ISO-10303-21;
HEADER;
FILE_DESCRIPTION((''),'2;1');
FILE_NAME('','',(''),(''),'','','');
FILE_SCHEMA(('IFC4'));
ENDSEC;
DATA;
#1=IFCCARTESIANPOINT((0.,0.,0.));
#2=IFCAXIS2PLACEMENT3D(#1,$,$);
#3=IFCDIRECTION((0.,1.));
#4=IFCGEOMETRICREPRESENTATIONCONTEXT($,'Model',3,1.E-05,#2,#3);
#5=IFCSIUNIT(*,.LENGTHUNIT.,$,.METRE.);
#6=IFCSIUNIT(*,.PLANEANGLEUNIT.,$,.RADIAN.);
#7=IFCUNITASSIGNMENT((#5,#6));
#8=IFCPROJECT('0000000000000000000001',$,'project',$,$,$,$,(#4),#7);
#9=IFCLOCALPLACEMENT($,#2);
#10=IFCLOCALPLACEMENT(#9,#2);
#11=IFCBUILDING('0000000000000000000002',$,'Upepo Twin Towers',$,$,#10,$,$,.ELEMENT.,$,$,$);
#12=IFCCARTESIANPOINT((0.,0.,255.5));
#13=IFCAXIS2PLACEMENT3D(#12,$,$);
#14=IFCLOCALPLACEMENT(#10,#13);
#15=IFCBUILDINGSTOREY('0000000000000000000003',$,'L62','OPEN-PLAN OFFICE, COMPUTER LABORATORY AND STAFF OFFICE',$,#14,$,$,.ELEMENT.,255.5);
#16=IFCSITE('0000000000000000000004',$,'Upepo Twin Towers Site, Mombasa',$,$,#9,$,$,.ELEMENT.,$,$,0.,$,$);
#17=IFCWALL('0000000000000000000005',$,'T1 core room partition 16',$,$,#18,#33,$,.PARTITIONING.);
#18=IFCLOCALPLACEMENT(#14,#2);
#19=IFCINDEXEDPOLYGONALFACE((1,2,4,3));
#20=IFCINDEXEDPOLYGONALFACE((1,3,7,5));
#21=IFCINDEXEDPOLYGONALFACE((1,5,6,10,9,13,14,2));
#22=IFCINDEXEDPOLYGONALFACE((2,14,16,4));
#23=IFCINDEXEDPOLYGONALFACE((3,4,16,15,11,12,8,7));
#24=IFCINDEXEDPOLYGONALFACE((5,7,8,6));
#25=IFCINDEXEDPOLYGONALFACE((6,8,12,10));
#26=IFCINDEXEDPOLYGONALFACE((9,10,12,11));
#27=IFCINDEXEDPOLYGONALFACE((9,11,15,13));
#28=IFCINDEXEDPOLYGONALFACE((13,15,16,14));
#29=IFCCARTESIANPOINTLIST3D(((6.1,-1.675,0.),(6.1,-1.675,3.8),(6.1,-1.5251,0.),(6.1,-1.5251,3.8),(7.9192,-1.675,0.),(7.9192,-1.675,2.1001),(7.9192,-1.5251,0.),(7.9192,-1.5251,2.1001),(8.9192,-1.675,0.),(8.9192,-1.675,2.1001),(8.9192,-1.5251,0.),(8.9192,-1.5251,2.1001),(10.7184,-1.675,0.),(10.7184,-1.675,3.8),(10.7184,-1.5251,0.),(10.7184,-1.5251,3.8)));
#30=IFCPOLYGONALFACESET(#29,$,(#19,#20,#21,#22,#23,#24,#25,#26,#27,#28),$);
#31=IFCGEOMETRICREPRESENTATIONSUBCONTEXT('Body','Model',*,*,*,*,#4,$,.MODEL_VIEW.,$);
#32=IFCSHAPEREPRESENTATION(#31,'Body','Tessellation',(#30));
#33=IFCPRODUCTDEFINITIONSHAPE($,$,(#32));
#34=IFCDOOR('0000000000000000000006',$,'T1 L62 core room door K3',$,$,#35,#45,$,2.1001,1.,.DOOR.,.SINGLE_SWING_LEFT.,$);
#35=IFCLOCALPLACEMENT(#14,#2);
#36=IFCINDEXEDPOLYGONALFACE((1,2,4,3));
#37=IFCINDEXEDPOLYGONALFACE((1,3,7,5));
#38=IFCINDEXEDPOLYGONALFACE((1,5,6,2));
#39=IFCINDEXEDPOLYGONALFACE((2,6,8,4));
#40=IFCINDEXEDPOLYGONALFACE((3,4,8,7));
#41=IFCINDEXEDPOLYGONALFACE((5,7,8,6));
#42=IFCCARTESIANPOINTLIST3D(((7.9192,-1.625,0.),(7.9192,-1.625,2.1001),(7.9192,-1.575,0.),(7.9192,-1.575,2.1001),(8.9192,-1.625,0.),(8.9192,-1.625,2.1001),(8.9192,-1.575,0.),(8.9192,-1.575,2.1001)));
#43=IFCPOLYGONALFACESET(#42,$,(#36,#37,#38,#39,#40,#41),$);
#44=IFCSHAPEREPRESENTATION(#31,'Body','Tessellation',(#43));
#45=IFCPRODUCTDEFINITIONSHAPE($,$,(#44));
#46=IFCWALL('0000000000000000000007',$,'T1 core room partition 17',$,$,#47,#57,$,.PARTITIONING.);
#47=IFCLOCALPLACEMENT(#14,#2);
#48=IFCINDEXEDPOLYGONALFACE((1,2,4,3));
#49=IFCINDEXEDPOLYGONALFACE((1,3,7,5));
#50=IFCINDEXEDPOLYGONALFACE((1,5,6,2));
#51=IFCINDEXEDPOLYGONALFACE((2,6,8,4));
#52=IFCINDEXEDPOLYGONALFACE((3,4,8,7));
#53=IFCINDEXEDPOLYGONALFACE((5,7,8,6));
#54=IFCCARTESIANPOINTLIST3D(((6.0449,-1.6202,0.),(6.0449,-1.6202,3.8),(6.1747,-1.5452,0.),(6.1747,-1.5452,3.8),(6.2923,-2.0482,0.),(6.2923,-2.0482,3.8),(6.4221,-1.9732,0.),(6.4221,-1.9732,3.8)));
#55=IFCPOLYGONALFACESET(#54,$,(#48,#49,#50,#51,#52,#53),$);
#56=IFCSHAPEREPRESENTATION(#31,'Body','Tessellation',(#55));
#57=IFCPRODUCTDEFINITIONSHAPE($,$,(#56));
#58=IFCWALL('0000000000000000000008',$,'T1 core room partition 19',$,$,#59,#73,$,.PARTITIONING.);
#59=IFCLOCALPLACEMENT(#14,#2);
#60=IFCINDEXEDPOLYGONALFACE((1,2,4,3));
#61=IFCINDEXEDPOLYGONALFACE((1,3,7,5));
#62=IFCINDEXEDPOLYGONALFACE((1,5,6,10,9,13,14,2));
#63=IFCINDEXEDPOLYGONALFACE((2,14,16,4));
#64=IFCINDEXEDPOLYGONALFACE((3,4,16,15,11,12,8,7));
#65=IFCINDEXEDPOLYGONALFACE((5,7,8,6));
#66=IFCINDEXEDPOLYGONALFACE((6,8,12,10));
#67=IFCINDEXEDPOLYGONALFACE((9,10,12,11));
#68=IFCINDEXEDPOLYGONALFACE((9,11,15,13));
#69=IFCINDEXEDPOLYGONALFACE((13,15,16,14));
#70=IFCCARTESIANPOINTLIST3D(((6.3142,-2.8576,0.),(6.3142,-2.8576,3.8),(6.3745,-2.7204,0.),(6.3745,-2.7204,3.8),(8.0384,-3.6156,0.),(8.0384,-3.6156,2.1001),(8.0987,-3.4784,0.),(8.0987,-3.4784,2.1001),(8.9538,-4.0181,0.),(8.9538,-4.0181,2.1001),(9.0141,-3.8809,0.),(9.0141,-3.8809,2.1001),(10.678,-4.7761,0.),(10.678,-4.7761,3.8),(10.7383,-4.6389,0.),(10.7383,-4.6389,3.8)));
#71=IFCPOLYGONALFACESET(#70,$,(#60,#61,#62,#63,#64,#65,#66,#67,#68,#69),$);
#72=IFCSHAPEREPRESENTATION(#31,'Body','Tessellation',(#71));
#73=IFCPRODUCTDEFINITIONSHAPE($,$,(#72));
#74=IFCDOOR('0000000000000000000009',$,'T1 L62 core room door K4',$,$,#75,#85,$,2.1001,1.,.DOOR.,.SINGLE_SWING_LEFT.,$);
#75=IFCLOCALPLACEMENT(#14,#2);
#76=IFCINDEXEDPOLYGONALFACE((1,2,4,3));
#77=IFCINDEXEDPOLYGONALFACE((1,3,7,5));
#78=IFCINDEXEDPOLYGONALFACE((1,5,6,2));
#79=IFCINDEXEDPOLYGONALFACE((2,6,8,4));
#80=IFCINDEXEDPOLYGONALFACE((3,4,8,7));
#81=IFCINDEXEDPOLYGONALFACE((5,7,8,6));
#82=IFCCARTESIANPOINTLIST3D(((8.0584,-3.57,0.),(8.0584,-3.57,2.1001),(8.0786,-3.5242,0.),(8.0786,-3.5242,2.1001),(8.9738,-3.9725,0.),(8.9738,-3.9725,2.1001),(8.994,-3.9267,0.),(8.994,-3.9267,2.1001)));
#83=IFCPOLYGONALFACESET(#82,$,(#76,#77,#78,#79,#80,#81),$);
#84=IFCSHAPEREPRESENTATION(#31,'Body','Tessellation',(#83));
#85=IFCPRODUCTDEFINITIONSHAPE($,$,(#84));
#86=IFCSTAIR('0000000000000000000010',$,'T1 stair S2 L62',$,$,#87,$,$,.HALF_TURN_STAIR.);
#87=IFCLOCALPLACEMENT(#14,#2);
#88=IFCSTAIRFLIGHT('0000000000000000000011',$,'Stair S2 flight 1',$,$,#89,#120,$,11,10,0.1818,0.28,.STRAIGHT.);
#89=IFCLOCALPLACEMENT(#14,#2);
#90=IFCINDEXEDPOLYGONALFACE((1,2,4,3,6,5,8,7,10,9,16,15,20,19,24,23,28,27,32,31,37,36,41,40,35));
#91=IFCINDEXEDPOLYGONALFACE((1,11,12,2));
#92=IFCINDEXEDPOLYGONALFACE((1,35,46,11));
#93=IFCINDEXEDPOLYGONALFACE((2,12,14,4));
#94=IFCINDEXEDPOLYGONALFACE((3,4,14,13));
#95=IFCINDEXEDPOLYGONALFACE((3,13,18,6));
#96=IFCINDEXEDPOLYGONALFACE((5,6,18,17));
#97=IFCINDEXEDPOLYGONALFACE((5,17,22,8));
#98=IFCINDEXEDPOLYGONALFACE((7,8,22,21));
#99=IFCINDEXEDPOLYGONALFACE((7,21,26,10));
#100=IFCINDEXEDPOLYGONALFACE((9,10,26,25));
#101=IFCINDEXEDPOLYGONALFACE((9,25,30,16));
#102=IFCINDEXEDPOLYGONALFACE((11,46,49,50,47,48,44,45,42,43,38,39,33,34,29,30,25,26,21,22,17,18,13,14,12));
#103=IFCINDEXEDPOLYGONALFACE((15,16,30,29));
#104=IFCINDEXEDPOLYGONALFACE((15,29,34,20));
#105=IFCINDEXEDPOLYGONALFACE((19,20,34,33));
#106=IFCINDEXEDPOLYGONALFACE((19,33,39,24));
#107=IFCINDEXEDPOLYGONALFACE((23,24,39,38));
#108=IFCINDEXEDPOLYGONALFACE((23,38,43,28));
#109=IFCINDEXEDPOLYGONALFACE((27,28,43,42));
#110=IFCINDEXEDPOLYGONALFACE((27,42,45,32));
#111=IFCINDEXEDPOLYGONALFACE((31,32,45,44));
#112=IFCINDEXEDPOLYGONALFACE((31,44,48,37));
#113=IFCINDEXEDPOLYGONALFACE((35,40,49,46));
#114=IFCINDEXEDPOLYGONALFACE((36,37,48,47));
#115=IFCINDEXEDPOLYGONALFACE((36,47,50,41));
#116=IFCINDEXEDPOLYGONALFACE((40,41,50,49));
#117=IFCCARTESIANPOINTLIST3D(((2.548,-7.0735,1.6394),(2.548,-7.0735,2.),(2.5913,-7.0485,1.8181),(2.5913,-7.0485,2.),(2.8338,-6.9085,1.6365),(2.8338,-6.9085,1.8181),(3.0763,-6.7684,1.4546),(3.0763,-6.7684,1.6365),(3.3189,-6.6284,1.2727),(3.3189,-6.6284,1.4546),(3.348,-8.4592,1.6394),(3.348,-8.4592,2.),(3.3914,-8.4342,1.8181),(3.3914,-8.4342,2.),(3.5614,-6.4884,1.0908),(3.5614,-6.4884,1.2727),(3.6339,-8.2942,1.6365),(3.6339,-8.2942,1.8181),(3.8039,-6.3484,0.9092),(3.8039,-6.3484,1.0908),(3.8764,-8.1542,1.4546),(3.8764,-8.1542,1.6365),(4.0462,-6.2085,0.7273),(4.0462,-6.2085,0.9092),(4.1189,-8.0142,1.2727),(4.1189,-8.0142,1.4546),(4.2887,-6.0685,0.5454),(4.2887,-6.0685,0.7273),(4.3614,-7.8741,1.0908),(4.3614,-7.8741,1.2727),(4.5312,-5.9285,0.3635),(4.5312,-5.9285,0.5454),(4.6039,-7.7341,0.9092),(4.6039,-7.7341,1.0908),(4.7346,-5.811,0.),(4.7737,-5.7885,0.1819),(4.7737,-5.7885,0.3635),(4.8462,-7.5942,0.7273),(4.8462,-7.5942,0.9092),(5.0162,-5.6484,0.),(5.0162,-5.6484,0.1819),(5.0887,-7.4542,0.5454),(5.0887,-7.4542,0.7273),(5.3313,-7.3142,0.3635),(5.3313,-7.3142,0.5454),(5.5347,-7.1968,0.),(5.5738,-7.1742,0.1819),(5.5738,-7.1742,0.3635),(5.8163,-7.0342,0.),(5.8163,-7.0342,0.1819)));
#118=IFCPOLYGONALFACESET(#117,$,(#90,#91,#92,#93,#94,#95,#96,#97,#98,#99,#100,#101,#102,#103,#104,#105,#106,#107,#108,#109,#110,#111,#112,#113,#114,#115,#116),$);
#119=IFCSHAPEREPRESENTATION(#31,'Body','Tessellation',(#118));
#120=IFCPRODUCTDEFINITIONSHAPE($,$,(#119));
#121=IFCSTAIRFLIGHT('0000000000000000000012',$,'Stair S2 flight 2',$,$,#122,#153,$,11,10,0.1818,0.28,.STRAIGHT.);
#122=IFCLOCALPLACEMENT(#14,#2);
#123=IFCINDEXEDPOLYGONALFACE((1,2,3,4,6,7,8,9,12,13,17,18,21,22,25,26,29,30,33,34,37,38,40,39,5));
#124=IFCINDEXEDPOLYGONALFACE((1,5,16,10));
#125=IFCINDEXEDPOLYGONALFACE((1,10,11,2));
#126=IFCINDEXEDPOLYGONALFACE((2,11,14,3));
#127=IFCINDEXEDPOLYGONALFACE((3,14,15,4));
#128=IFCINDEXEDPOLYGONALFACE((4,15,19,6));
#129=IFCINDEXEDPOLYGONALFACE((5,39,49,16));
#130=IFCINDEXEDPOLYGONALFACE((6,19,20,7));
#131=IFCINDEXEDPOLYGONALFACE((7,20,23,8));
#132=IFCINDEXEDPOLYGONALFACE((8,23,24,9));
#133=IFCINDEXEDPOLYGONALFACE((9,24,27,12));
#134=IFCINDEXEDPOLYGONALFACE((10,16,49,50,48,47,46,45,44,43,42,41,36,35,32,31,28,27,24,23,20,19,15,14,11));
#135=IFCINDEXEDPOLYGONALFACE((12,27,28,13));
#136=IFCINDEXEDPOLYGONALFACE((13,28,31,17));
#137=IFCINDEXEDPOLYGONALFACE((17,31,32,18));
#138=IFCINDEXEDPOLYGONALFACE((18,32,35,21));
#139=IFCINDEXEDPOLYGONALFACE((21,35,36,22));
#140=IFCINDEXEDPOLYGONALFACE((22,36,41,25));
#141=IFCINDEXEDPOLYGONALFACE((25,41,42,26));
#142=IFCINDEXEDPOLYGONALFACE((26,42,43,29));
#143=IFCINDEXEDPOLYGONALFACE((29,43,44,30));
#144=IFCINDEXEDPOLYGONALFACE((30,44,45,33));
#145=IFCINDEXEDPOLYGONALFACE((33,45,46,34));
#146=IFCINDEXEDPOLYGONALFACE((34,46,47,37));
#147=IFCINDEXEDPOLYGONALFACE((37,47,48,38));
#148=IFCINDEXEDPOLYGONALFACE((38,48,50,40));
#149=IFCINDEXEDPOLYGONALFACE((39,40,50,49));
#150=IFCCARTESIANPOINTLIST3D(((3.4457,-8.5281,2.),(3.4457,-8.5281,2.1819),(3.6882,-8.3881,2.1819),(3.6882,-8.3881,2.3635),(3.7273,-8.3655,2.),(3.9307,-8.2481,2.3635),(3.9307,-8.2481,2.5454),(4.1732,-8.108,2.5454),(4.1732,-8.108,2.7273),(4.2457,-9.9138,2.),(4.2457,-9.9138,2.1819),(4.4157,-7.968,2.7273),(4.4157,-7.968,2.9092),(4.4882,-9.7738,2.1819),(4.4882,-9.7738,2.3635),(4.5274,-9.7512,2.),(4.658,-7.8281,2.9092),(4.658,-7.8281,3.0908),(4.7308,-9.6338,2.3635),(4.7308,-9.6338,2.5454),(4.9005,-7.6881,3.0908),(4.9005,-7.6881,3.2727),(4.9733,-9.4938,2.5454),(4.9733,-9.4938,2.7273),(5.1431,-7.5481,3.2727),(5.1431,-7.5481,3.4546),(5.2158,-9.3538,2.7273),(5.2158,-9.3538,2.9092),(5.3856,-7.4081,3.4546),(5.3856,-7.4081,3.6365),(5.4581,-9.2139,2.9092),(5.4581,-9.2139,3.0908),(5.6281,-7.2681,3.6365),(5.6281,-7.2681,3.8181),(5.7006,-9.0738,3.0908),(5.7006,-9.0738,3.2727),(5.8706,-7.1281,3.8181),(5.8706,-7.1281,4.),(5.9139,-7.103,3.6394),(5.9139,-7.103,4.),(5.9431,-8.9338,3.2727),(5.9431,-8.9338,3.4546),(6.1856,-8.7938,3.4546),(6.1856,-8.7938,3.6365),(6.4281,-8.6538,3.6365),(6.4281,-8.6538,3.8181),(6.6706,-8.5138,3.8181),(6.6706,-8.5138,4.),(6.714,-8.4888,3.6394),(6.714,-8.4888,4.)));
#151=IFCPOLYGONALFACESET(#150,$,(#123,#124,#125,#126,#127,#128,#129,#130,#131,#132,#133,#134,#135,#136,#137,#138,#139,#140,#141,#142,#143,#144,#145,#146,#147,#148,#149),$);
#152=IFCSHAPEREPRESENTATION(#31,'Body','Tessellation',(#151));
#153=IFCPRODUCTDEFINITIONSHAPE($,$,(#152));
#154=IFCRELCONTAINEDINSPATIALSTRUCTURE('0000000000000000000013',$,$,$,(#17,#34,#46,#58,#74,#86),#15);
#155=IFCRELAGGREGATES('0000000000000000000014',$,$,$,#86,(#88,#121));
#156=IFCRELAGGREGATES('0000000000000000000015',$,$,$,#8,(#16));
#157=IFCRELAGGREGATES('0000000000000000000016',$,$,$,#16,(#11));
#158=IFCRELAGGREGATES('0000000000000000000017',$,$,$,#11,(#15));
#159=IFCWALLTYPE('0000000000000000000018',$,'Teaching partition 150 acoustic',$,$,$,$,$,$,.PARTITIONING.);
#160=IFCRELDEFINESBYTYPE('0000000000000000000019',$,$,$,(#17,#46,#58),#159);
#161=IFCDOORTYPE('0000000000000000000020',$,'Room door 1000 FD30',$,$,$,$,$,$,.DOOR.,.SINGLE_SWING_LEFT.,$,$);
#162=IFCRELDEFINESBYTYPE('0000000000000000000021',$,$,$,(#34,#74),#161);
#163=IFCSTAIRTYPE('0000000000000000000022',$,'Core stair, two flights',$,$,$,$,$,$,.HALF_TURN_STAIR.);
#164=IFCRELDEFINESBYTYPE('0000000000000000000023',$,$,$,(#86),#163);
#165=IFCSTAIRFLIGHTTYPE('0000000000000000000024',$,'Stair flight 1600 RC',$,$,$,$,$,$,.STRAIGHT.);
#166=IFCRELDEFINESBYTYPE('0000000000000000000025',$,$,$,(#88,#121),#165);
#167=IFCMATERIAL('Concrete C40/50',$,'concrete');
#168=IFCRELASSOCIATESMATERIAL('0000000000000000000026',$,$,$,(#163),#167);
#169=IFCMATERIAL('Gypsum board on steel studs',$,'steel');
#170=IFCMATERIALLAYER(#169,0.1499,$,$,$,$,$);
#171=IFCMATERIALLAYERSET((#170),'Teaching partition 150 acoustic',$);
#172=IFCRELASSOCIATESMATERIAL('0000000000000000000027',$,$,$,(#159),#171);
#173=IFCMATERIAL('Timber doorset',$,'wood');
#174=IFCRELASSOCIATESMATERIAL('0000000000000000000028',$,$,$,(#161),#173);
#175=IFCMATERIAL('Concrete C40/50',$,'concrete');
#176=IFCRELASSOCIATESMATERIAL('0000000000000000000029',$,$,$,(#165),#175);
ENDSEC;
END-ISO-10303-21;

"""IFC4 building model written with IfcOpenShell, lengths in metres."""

from ifc_helpers import new_model, si_unit, direction, frame, frame_2d, origin, place, context, subcontext, project, spatial, polyline, rectangle, outline, extrude, material, layer, layer_set, type_object, element, fill, aggregate, save


model = new_model("IFC4")

# Units and contexts
model_context = context("Model", 3, precision=1e-05, world=origin(), true_north=direction((0.0, 1.0)))
body_context = subcontext(model_context, "Body", "Model", "MODEL_VIEW")
ifc_project = project(units=[si_unit("LENGTHUNIT", "METRE"), si_unit("PLANEANGLEUNIT", "RADIAN")], contexts=[model_context])

# Site, building, storey
site_placement = place(None, origin())
site = spatial("IfcSite", under=ifc_project, at=site_placement, Name="Upepo Twin Towers Site, Mombasa", CompositionType="ELEMENT", RefElevation=0.0)
building_placement = place(site_placement, origin())
building = spatial("IfcBuilding", under=site, at=building_placement, Name="Upepo Twin Towers", CompositionType="ELEMENT")
storey_placement = place(building_placement, frame((0.0, 0.0, 255.5)))
storey = spatial("IfcBuildingStorey", under=building, at=storey_placement, Name="L62", Description="OPEN-PLAN OFFICE, COMPUTER LABORATORY AND STAFF OFFICE", CompositionType="ELEMENT", Elevation=255.5)

# Shared definitions
ifc_material_1 = material(Name="Concrete C40/50", Category="concrete")
stair_type = type_object("IfcStairType", Name="Core stair, two flights", PredefinedType="HALF_TURN_STAIR", material=ifc_material_1)

# Shared definitions
ifc_material_2 = material(Name="Gypsum board on steel studs", Category="steel")
ifc_layer_1 = layer(ifc_material_2, 0.1499)
ifc_layer_set_1 = layer_set([ifc_layer_1], Name="Teaching partition 150 acoustic")
wall_type_1 = type_object("IfcWallType", Name="Teaching partition 150 acoustic", PredefinedType="PARTITIONING", material=ifc_layer_set_1)

# Wall, opening, door
wall_1_placement = place(storey_placement, frame((10.7183, -1.6001, 0.0), z_axis=(0.0, 0.0, 1.0), x_axis=(-1.0, 0.0, 0.0)))
wall_1 = element("IfcWall", 1, at=wall_1_placement, inside=storey, type_object=wall_type_1, Name="T1 core room partition 16", PredefinedType="PARTITIONING", context=body_context, shape_type="SweptSolid", body=[
    extrude(rectangle(XDim=4.6184, YDim=0.1499, at=frame_2d((2.3091, 0.0))), origin(), (0.0, 0.0, 1.0), 3.8),
])
opening_1_placement = place(wall_1_placement, frame((1.7991, 0.0, 0.0)))
opening_1 = element("IfcOpeningElement", 2, at=opening_1_placement, cuts=wall_1, PredefinedType="OPENING", context=body_context, shape_type="SweptSolid", body=[
    extrude(rectangle(XDim=1.0, YDim=2.1001, at=frame_2d((0.5, 1.05))), frame((0.0, 0.085, 0.0), z_axis=(0.0, -1.0, 0.0), x_axis=(1.0, 0.0, 0.0)), (0.0, 0.0, 1.0), 0.1699),
])
ifc_material_3 = material(Name="Timber doorset", Category="wood")
door_type_1 = type_object("IfcDoorType", Name="Room door 1000 FD30", OperationType="SINGLE_SWING_LEFT", PredefinedType="DOOR", material=ifc_material_3)
door_1_placement = place(opening_1_placement, origin())
door_1 = element("IfcDoor", 3, at=door_1_placement, inside=storey, type_object=door_type_1, Name="T1 L62 core room door K3", OperationType="SINGLE_SWING_LEFT", OverallHeight=2.1001, OverallWidth=1.0, PredefinedType="DOOR", context=body_context, shape_type="SweptSolid", body=[
    extrude(rectangle(XDim=1.0, YDim=2.1001, at=frame_2d((0.5, 1.05))), frame((0.0, 0.0249, 0.0), z_axis=(0.0, -1.0, 0.0), x_axis=(1.0, 0.0, 0.0)), (0.0, 0.0, 1.0), 0.05),
])
fill(opening_1, door_1)

# Wall
wall_2_placement = place(storey_placement, frame((6.1099, -1.5828, 0.0), z_axis=(0.0, 0.0, 1.0), x_axis=(0.500335, -0.865832, 0.0)))
element("IfcWall", 4, at=wall_2_placement, inside=storey, type_object=wall_type_1, Name="T1 core room partition 17", PredefinedType="PARTITIONING", context=body_context, shape_type="SweptSolid", body=[
    extrude(rectangle(XDim=0.4944, YDim=0.1499, at=frame_2d((0.2471, 0.0))), origin(), (0.0, 0.0, 1.0), 3.8),
])

# Wall, opening, door
wall_3_placement = place(storey_placement, frame((6.3445, -2.7891, 0.0), z_axis=(0.0, 0.0, 1.0), x_axis=(0.915439, -0.402457, 0.0)))
wall_3 = element("IfcWall", 5, at=wall_3_placement, inside=storey, type_object=wall_type_1, Name="T1 core room partition 19", PredefinedType="PARTITIONING", context=body_context, shape_type="SweptSolid", body=[
    extrude(rectangle(XDim=4.7668, YDim=0.1499, at=frame_2d((2.3833, 0.0))), origin(), (0.0, 0.0, 1.0), 3.8),
])
opening_2_placement = place(wall_3_placement, frame((1.8833, 0.0, 0.0)))
opening_2 = element("IfcOpeningElement", 6, at=opening_2_placement, cuts=wall_3, PredefinedType="OPENING", context=body_context, shape_type="SweptSolid", body=[
    extrude(rectangle(XDim=1.0, YDim=2.1001, at=frame_2d((0.5, 1.05))), frame((0.0, 0.085, 0.0), z_axis=(0.0, -1.0, 0.0), x_axis=(1.0, 0.0, 0.0)), (0.0, 0.0, 1.0), 0.1699),
])
door_2_placement = place(opening_2_placement, origin())
door_2 = element("IfcDoor", 7, at=door_2_placement, inside=storey, type_object=door_type_1, Name="T1 L62 core room door K4", OperationType="SINGLE_SWING_LEFT", OverallHeight=2.1001, OverallWidth=1.0, PredefinedType="DOOR", context=body_context, shape_type="SweptSolid", body=[
    extrude(rectangle(XDim=1.0, YDim=2.1001, at=frame_2d((0.5, 1.05))), frame((0.0, 0.0249, 0.0), z_axis=(0.0, -1.0, 0.0), x_axis=(1.0, 0.0, 0.0)), (0.0, 0.0, 1.0), 0.05),
])
fill(opening_2, door_2)

# Stair, stair flights
stair_1_placement = place(storey_placement, origin())
stair_1 = element("IfcStair", 8, at=stair_1_placement, inside=storey, type_object=stair_type, Name="T1 stair S2 L62", PredefinedType="HALF_TURN_STAIR")
ifc_material_4 = material(Name="Concrete C40/50", Category="concrete")
stair_flight_type = type_object("IfcStairFlightType", Name="Stair flight 1600 RC", PredefinedType="STRAIGHT", material=ifc_material_4)
stair_flight_1_placement = place(storey_placement, frame((5.4163, -6.3413, 0.0), z_axis=(0.0, 0.0, 1.0), x_axis=(-0.866025, -0.5, 0.0)))
stair_flight_1 = element("IfcStairFlight", 9, at=stair_flight_1_placement, type_object=stair_flight_type, Name="Stair S2 flight 1", NumberOfRisers=11, NumberOfTreads=10, PredefinedType="STRAIGHT", RiserHeight=0.1818, TreadLength=0.28, context=body_context, shape_type="SweptSolid", body=[
    extrude(outline(polyline([(0.0, 0.0), (0.0, 0.1819), (0.28, 0.1819), (0.28, 0.3635), (0.5601, 0.3635), (0.5601, 0.5454), (0.8401, 0.5454), (0.8401, 0.7273), (1.1201, 0.7273), (1.1201, 0.9092), (1.3999, 0.9092), (1.3999, 1.0908), (1.6799, 1.0908), (1.6799, 1.2727), (1.96, 1.2727), (1.96, 1.4546), (2.24, 1.4546), (2.24, 1.6365), (2.52, 1.6365), (2.52, 1.8181), (2.8, 1.8181), (2.8, 2.0), (2.8501, 2.0), (2.8501, 1.6394), (0.3252, 0.0), (0.0, 0.0)])), frame((0.0, 0.8, 0.0), z_axis=(0.0, -1.0, 0.0), x_axis=(1.0, 0.0, 0.0)), (0.0, 0.0, 1.0), 1.6001),
])
stair_flight_2_placement = place(storey_placement, frame((3.8457, -9.2209, 2.0), z_axis=(0.0, 0.0, 1.0), x_axis=(0.866025, 0.5, 0.0)))
stair_flight_2 = element("IfcStairFlight", 10, at=stair_flight_2_placement, type_object=stair_flight_type, Name="Stair S2 flight 2", NumberOfRisers=11, NumberOfTreads=10, PredefinedType="STRAIGHT", RiserHeight=0.1818, TreadLength=0.28, context=body_context, shape_type="SweptSolid", body=[
    extrude(outline(polyline([(0.0, 0.0), (0.0, 0.1819), (0.28, 0.1819), (0.28, 0.3635), (0.5601, 0.3635), (0.5601, 0.5454), (0.8401, 0.5454), (0.8401, 0.7273), (1.1201, 0.7273), (1.1201, 0.9092), (1.3999, 0.9092), (1.3999, 1.0908), (1.6799, 1.0908), (1.6799, 1.2727), (1.96, 1.2727), (1.96, 1.4546), (2.24, 1.4546), (2.24, 1.6365), (2.52, 1.6365), (2.52, 1.8181), (2.8, 1.8181), (2.8, 2.0), (2.8501, 2.0), (2.8501, 1.6394), (0.3252, 0.0), (0.0, 0.0)])), frame((0.0, 0.8, 0.0), z_axis=(0.0, -1.0, 0.0), x_axis=(1.0, 0.0, 0.0)), (0.0, 0.0, 1.0), 1.6001),
])
aggregate(stair_1, [stair_flight_1, stair_flight_2])

save(model, "model.ifc")
